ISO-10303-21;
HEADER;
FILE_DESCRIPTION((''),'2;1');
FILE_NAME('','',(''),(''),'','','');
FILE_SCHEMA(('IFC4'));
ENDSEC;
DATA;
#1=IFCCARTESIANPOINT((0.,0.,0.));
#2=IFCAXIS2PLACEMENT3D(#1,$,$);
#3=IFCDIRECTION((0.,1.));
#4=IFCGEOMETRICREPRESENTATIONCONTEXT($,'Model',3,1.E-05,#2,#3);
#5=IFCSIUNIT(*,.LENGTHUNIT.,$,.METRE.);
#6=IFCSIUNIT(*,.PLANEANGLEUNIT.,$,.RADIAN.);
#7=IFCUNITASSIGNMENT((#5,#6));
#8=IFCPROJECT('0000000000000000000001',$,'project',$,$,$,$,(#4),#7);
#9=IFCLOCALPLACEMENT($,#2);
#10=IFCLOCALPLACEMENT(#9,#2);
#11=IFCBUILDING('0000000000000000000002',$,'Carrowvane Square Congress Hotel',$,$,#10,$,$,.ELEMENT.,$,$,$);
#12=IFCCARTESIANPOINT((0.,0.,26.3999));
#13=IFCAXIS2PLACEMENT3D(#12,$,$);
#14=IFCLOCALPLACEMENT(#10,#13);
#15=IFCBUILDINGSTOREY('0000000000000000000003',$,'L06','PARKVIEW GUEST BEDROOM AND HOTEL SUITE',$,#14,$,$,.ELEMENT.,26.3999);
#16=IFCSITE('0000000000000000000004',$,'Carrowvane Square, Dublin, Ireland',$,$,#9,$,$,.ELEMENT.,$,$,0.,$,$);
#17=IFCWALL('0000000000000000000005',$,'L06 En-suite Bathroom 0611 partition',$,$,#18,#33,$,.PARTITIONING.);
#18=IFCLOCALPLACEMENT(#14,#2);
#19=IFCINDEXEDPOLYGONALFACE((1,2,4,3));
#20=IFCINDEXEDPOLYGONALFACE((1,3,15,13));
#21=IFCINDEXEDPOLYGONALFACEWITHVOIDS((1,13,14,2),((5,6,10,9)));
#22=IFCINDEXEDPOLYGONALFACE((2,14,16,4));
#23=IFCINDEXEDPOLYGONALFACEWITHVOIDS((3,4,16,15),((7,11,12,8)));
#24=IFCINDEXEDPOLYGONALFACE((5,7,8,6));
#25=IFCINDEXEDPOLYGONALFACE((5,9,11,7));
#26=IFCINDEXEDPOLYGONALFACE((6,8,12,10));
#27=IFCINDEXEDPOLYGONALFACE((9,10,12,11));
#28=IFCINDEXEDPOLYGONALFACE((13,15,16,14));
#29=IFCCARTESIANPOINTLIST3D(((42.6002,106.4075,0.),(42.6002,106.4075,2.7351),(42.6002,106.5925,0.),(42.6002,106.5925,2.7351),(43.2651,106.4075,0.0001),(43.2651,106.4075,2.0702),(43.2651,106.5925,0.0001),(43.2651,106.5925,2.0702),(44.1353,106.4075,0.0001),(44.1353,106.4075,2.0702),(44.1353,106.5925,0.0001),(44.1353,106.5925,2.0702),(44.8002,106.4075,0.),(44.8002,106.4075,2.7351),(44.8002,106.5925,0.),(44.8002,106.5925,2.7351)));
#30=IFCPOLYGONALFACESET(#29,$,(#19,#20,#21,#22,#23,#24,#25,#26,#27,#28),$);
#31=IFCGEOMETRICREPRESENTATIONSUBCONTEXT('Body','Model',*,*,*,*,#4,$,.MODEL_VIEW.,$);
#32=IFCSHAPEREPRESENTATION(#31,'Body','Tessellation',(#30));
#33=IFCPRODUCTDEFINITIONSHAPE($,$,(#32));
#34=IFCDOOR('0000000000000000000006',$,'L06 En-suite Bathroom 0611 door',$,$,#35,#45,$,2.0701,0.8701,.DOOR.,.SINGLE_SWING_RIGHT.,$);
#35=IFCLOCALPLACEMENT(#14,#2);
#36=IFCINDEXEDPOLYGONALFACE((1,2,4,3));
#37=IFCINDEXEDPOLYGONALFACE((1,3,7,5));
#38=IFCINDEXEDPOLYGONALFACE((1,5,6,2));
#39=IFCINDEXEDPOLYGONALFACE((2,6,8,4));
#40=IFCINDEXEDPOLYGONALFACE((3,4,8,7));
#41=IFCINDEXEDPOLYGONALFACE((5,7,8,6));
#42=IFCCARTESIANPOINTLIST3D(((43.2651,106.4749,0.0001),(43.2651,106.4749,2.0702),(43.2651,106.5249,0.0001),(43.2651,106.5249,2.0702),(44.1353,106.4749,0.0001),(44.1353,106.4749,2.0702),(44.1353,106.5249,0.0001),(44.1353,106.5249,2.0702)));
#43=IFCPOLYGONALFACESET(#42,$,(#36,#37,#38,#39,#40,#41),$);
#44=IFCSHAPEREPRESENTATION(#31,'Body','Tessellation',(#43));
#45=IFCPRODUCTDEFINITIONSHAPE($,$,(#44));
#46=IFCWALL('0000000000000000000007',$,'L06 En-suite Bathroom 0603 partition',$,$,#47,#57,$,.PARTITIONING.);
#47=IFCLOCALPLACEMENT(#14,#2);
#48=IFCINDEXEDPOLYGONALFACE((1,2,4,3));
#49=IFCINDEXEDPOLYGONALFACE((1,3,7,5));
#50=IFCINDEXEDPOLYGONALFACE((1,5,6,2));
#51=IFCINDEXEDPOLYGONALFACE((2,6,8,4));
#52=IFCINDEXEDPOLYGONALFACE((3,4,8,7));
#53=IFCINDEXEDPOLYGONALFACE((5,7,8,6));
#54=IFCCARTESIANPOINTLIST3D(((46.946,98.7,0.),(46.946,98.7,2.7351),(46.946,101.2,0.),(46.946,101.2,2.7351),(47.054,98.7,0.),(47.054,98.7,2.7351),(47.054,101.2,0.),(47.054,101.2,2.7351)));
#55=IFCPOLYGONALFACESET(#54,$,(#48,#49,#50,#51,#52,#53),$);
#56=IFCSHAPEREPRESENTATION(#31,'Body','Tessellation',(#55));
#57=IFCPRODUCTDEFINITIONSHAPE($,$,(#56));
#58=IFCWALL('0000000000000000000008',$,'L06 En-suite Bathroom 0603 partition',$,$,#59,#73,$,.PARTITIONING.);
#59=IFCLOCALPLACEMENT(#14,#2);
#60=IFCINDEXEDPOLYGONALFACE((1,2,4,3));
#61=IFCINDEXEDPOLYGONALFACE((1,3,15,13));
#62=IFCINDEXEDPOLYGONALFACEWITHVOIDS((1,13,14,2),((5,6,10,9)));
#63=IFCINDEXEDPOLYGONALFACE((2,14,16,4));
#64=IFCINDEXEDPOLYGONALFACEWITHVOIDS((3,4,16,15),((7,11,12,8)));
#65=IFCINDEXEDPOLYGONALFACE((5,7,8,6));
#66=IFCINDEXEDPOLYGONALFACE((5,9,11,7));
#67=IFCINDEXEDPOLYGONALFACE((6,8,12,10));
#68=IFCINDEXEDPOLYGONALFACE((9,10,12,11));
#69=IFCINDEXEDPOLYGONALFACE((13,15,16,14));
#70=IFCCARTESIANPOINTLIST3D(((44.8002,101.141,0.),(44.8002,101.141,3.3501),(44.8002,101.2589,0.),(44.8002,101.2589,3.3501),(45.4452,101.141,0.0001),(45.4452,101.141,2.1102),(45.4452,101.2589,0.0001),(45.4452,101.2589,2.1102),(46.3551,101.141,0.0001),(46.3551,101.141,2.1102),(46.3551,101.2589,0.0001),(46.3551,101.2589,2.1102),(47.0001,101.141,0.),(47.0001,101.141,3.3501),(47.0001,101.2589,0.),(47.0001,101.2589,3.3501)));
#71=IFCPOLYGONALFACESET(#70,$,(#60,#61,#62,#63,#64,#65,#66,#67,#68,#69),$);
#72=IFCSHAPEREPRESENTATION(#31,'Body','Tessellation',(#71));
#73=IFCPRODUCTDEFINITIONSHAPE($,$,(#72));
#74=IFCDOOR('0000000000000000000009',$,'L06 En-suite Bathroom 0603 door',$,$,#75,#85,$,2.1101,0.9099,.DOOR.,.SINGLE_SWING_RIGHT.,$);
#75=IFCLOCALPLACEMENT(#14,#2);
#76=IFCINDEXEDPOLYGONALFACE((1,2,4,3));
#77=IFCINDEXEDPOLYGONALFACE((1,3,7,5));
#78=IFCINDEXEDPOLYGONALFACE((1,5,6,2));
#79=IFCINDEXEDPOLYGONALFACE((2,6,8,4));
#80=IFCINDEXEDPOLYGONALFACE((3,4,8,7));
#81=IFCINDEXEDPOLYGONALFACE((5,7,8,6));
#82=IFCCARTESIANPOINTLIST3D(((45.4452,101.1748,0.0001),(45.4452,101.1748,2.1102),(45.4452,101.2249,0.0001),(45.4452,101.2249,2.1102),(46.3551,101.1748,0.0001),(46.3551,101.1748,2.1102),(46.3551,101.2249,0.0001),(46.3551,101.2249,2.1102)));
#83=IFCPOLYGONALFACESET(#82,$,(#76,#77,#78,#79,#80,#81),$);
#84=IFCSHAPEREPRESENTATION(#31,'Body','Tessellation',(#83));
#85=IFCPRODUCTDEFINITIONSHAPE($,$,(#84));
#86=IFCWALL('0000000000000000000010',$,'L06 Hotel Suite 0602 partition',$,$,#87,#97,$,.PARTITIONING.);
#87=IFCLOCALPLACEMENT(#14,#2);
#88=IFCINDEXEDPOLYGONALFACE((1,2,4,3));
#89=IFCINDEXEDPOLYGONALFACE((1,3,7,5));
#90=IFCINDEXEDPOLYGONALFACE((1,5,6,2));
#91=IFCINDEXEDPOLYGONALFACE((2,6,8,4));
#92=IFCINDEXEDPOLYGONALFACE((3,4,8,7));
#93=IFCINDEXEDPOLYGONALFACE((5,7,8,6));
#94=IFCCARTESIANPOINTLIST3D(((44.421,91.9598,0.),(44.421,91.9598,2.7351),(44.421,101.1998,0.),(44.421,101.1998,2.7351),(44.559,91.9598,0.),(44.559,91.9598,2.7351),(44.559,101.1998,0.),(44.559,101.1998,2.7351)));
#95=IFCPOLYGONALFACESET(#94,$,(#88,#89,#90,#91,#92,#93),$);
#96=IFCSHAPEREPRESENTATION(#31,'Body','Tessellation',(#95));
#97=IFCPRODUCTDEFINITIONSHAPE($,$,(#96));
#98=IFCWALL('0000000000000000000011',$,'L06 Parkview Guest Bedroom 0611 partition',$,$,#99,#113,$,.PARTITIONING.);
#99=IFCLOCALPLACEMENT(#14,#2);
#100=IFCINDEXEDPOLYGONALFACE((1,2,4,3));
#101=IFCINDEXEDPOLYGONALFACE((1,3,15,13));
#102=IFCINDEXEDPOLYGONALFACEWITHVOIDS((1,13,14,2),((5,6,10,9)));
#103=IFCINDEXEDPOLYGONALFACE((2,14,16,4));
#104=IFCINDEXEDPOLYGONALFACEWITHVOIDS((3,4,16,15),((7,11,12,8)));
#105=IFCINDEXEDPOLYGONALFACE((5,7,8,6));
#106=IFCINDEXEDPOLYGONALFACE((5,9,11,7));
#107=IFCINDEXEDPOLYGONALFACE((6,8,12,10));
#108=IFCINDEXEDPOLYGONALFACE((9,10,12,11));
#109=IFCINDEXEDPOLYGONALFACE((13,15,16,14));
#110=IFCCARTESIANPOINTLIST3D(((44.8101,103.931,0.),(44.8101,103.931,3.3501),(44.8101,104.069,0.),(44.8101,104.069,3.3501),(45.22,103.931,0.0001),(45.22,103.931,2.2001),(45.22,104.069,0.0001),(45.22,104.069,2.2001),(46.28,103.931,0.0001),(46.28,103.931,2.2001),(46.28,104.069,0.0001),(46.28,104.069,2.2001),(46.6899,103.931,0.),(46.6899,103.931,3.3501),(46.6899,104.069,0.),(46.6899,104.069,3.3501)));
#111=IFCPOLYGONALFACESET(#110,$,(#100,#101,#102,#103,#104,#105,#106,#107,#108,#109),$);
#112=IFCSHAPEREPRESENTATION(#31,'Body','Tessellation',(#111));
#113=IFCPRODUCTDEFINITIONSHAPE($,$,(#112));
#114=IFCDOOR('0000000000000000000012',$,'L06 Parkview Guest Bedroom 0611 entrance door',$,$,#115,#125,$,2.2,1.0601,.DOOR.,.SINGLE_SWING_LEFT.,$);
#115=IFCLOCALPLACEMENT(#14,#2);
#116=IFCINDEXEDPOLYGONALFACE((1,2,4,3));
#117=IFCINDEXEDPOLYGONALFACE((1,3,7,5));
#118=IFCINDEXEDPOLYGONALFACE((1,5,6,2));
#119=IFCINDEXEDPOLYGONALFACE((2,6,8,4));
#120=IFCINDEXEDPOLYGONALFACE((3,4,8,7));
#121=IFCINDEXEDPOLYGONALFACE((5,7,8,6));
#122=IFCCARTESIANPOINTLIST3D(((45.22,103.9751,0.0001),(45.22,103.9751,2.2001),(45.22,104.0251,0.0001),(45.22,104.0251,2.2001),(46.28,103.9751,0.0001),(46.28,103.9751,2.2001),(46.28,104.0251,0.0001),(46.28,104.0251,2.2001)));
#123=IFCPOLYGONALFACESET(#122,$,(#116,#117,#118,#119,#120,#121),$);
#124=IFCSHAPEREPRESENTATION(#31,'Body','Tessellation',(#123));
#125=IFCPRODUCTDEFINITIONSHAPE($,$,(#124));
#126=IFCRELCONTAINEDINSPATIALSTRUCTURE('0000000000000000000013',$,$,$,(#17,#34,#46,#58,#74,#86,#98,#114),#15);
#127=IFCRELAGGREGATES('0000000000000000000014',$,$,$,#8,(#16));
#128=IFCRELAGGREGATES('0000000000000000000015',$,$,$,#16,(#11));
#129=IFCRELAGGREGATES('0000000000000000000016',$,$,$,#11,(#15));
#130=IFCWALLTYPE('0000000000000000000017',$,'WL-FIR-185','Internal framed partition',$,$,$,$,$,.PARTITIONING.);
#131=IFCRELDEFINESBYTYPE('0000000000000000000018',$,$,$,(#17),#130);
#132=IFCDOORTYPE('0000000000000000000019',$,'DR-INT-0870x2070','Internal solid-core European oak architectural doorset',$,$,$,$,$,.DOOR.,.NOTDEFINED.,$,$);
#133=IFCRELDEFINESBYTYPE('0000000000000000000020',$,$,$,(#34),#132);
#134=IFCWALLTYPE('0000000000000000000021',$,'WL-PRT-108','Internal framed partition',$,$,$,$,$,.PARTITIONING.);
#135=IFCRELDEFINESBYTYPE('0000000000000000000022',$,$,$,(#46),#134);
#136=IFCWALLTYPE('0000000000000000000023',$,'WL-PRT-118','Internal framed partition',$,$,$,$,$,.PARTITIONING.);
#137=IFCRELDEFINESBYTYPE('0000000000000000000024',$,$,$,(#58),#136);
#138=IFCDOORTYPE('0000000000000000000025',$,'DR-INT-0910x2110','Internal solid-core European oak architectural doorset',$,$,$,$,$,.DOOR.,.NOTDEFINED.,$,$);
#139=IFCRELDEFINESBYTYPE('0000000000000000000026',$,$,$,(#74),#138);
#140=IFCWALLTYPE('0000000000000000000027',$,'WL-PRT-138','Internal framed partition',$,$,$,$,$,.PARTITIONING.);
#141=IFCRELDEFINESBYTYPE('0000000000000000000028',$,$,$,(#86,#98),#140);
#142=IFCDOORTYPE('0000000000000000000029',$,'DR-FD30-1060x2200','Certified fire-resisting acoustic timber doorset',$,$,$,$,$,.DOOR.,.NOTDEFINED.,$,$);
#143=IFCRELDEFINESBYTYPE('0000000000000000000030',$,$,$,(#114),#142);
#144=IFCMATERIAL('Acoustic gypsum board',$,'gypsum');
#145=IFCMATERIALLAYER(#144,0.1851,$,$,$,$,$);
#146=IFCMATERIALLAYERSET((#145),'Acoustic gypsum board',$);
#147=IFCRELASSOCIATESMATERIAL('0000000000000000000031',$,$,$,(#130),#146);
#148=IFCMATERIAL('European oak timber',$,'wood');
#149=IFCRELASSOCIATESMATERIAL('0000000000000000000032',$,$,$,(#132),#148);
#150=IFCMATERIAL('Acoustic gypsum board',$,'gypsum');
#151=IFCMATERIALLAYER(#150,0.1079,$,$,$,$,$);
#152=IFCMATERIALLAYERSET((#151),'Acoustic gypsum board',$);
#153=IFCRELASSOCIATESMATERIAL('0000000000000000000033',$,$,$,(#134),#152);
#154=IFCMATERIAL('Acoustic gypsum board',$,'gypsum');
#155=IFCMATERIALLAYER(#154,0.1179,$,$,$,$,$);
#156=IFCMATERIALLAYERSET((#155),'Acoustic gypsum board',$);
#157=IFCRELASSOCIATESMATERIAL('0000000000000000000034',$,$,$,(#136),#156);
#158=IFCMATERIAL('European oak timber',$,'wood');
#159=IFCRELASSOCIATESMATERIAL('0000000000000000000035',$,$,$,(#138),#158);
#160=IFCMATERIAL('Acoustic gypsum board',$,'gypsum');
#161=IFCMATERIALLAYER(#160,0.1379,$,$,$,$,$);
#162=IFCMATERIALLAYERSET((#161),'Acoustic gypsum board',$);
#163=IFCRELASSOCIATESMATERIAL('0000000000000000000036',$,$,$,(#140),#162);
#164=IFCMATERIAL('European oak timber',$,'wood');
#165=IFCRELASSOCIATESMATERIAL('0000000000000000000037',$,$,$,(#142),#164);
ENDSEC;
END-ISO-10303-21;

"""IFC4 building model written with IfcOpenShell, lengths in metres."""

from ifc_helpers import new_model, si_unit, direction, frame, frame_2d, origin, place, context, subcontext, project, spatial, rectangle, extrude, material, layer, layer_set, type_object, element, fill, save


model = new_model("IFC4")

# Units and contexts
model_context = context("Model", 3, precision=1e-05, world=origin(), true_north=direction((0.0, 1.0)))
body_context = subcontext(model_context, "Body", "Model", "MODEL_VIEW")
ifc_project = project(units=[si_unit("LENGTHUNIT", "METRE"), si_unit("PLANEANGLEUNIT", "RADIAN")], contexts=[model_context])

# Site, building, storey
site_placement = place(None, origin())
site = spatial("IfcSite", under=ifc_project, at=site_placement, Name="Carrowvane Square, Dublin, Ireland", CompositionType="ELEMENT", RefElevation=0.0)
building_placement = place(site_placement, origin())
building = spatial("IfcBuilding", under=site, at=building_placement, Name="Carrowvane Square Congress Hotel", CompositionType="ELEMENT")
storey_placement = place(building_placement, frame((0.0, 0.0, 26.3999)))
storey = spatial("IfcBuildingStorey", under=building, at=storey_placement, Name="L06", Description="PARKVIEW GUEST BEDROOM AND HOTEL SUITE", CompositionType="ELEMENT", Elevation=26.3999)

# Wall, opening, door
ifc_material_1 = material(Name="Acoustic gypsum board", Category="gypsum")
ifc_layer_1 = layer(ifc_material_1, 0.1851)
ifc_layer_set_1 = layer_set([ifc_layer_1], Name="Acoustic gypsum board")
wall_type_1 = type_object("IfcWallType", Name="WL-FIR-185", Description="Internal framed partition", PredefinedType="PARTITIONING", material=ifc_layer_set_1)
wall_1_placement = place(storey_placement, frame((42.6001, 106.5, 0.0), z_axis=(0.0, 0.0, 1.0), x_axis=(1.0, 0.0, 0.0)))
wall_1 = element("IfcWall", 1, at=wall_1_placement, inside=storey, type_object=wall_type_1, Name="L06 En-suite Bathroom 0611 partition", PredefinedType="PARTITIONING", context=body_context, shape_type="SweptSolid", body=[
    extrude(rectangle(XDim=2.2, YDim=0.1851, at=frame_2d((1.1001, 0.0))), origin(), (0.0, 0.0, 1.0), 2.7351),
])
opening_1_placement = place(wall_1_placement, frame((0.665, 0.0, 0.0)))
opening_1 = element("IfcOpeningElement", 2, at=opening_1_placement, cuts=wall_1, PredefinedType="OPENING", context=body_context, shape_type="SweptSolid", body=[
    extrude(rectangle(XDim=0.8701, YDim=2.0701, at=frame_2d((0.4351, 1.0352))), frame((0.0, 0.1025, 0.0), z_axis=(0.0, -1.0, 0.0), x_axis=(1.0, 0.0, 0.0)), (0.0, 0.0, 1.0), 0.2051),
])
ifc_material_2 = material(Name="European oak timber", Category="wood")
door_type_1 = type_object("IfcDoorType", Name="DR-INT-0870x2070", Description="Internal solid-core European oak architectural doorset", OperationType="NOTDEFINED", PredefinedType="DOOR", material=ifc_material_2)
door_1_placement = place(opening_1_placement, origin())
door_1 = element("IfcDoor", 3, at=door_1_placement, inside=storey, type_object=door_type_1, Name="L06 En-suite Bathroom 0611 door", OperationType="SINGLE_SWING_RIGHT", OverallHeight=2.0701, OverallWidth=0.8701, PredefinedType="DOOR", context=body_context, shape_type="SweptSolid", body=[
    extrude(rectangle(XDim=0.8701, YDim=2.0701, at=frame_2d((0.4351, 1.0352))), frame((0.0, 0.0249, 0.0), z_axis=(0.0, -1.0, 0.0), x_axis=(1.0, 0.0, 0.0)), (0.0, 0.0, 1.0), 0.05),
])
fill(opening_1, door_1)

# Wall
ifc_material_3 = material(Name="Acoustic gypsum board", Category="gypsum")
ifc_layer_2 = layer(ifc_material_3, 0.1079)
ifc_layer_set_2 = layer_set([ifc_layer_2], Name="Acoustic gypsum board")
wall_type_2 = type_object("IfcWallType", Name="WL-PRT-108", Description="Internal framed partition", PredefinedType="PARTITIONING", material=ifc_layer_set_2)
wall_2_placement = place(storey_placement, frame((47.0, 101.2, 0.0), z_axis=(0.0, 0.0, 1.0), x_axis=(0.0, -1.0, 0.0)))
element("IfcWall", 4, at=wall_2_placement, inside=storey, type_object=wall_type_2, Name="L06 En-suite Bathroom 0603 partition", PredefinedType="PARTITIONING", context=body_context, shape_type="SweptSolid", body=[
    extrude(rectangle(XDim=2.5, YDim=0.1079, at=frame_2d((1.25, 0.0))), origin(), (0.0, 0.0, 1.0), 2.7351),
])

# Wall, opening, door
ifc_material_4 = material(Name="Acoustic gypsum board", Category="gypsum")
ifc_layer_3 = layer(ifc_material_4, 0.1179)
ifc_layer_set_3 = layer_set([ifc_layer_3], Name="Acoustic gypsum board")
wall_type_3 = type_object("IfcWallType", Name="WL-PRT-118", Description="Internal framed partition", PredefinedType="PARTITIONING", material=ifc_layer_set_3)
wall_3_placement = place(storey_placement, frame((44.8, 101.2, 0.0), z_axis=(0.0, 0.0, 1.0), x_axis=(1.0, 0.0, 0.0)))
wall_3 = element("IfcWall", 5, at=wall_3_placement, inside=storey, type_object=wall_type_3, Name="L06 En-suite Bathroom 0603 partition", PredefinedType="PARTITIONING", context=body_context, shape_type="SweptSolid", body=[
    extrude(rectangle(XDim=2.2, YDim=0.1179, at=frame_2d((1.1001, 0.0))), origin(), (0.0, 0.0, 1.0), 3.3501),
])
opening_2_placement = place(wall_3_placement, frame((0.645, 0.0, 0.0)))
opening_2 = element("IfcOpeningElement", 6, at=opening_2_placement, cuts=wall_3, PredefinedType="OPENING", context=body_context, shape_type="SweptSolid", body=[
    extrude(rectangle(XDim=0.9099, YDim=2.1101, at=frame_2d((0.4551, 1.0552))), frame((0.0, 0.0688, 0.0), z_axis=(0.0, -1.0, 0.0), x_axis=(1.0, 0.0, 0.0)), (0.0, 0.0, 1.0), 0.1379),
])
ifc_material_5 = material(Name="European oak timber", Category="wood")
door_type_2 = type_object("IfcDoorType", Name="DR-INT-0910x2110", Description="Internal solid-core European oak architectural doorset", OperationType="NOTDEFINED", PredefinedType="DOOR", material=ifc_material_5)
door_2_placement = place(opening_2_placement, origin())
door_2 = element("IfcDoor", 7, at=door_2_placement, inside=storey, type_object=door_type_2, Name="L06 En-suite Bathroom 0603 door", OperationType="SINGLE_SWING_RIGHT", OverallHeight=2.1101, OverallWidth=0.9099, PredefinedType="DOOR", context=body_context, shape_type="SweptSolid", body=[
    extrude(rectangle(XDim=0.9099, YDim=2.1101, at=frame_2d((0.4551, 1.0552))), frame((0.0, 0.0249, 0.0), z_axis=(0.0, -1.0, 0.0), x_axis=(1.0, 0.0, 0.0)), (0.0, 0.0, 1.0), 0.05),
])
fill(opening_2, door_2)

# Wall
ifc_material_6 = material(Name="Acoustic gypsum board", Category="gypsum")
ifc_layer_4 = layer(ifc_material_6, 0.1379)
ifc_layer_set_4 = layer_set([ifc_layer_4], Name="Acoustic gypsum board")
wall_type_4 = type_object("IfcWallType", Name="WL-PRT-138", Description="Internal framed partition", PredefinedType="PARTITIONING", material=ifc_layer_set_4)
wall_4_placement = place(storey_placement, frame((44.49, 101.2, 0.0), z_axis=(0.0, 0.0, 1.0), x_axis=(0.0, -1.0, 0.0)))
element("IfcWall", 8, at=wall_4_placement, inside=storey, type_object=wall_type_4, Name="L06 Hotel Suite 0602 partition", PredefinedType="PARTITIONING", context=body_context, shape_type="SweptSolid", body=[
    extrude(rectangle(XDim=9.24, YDim=0.1379, at=frame_2d((4.6201, 0.0))), origin(), (0.0, 0.0, 1.0), 2.7351),
])

# Wall, opening, door
wall_5_placement = place(storey_placement, frame((46.6899, 104.0, 0.0), z_axis=(0.0, 0.0, 1.0), x_axis=(-1.0, 0.0, 0.0)))
wall_5 = element("IfcWall", 9, at=wall_5_placement, inside=storey, type_object=wall_type_4, Name="L06 Parkview Guest Bedroom 0611 partition", PredefinedType="PARTITIONING", context=body_context, shape_type="SweptSolid", body=[
    extrude(rectangle(XDim=1.8799, YDim=0.1379, at=frame_2d((0.9399, 0.0))), origin(), (0.0, 0.0, 1.0), 3.3501),
])
opening_3_placement = place(wall_5_placement, frame((0.4099, 0.0, 0.0)))
opening_3 = element("IfcOpeningElement", 10, at=opening_3_placement, cuts=wall_5, PredefinedType="OPENING", context=body_context, shape_type="SweptSolid", body=[
    extrude(rectangle(XDim=1.0601, YDim=2.2, at=frame_2d((0.53, 1.1001))), frame((0.0, 0.0789, 0.0), z_axis=(0.0, -1.0, 0.0), x_axis=(1.0, 0.0, 0.0)), (0.0, 0.0, 1.0), 0.158),
])
ifc_material_7 = material(Name="European oak timber", Category="wood")
door_type_3 = type_object("IfcDoorType", Name="DR-FD30-1060x2200", Description="Certified fire-resisting acoustic timber doorset", OperationType="NOTDEFINED", PredefinedType="DOOR", material=ifc_material_7)
door_3_placement = place(opening_3_placement, origin())
door_3 = element("IfcDoor", 11, at=door_3_placement, inside=storey, type_object=door_type_3, Name="L06 Parkview Guest Bedroom 0611 entrance door", OperationType="SINGLE_SWING_LEFT", OverallHeight=2.2, OverallWidth=1.0601, PredefinedType="DOOR", context=body_context, shape_type="SweptSolid", body=[
    extrude(rectangle(XDim=1.0601, YDim=2.2, at=frame_2d((0.53, 1.1001))), frame((0.0, 0.0249, 0.0), z_axis=(0.0, -1.0, 0.0), x_axis=(1.0, 0.0, 0.0)), (0.0, 0.0, 1.0), 0.05),
])
fill(opening_3, door_3)

save(model, "model.ifc")
